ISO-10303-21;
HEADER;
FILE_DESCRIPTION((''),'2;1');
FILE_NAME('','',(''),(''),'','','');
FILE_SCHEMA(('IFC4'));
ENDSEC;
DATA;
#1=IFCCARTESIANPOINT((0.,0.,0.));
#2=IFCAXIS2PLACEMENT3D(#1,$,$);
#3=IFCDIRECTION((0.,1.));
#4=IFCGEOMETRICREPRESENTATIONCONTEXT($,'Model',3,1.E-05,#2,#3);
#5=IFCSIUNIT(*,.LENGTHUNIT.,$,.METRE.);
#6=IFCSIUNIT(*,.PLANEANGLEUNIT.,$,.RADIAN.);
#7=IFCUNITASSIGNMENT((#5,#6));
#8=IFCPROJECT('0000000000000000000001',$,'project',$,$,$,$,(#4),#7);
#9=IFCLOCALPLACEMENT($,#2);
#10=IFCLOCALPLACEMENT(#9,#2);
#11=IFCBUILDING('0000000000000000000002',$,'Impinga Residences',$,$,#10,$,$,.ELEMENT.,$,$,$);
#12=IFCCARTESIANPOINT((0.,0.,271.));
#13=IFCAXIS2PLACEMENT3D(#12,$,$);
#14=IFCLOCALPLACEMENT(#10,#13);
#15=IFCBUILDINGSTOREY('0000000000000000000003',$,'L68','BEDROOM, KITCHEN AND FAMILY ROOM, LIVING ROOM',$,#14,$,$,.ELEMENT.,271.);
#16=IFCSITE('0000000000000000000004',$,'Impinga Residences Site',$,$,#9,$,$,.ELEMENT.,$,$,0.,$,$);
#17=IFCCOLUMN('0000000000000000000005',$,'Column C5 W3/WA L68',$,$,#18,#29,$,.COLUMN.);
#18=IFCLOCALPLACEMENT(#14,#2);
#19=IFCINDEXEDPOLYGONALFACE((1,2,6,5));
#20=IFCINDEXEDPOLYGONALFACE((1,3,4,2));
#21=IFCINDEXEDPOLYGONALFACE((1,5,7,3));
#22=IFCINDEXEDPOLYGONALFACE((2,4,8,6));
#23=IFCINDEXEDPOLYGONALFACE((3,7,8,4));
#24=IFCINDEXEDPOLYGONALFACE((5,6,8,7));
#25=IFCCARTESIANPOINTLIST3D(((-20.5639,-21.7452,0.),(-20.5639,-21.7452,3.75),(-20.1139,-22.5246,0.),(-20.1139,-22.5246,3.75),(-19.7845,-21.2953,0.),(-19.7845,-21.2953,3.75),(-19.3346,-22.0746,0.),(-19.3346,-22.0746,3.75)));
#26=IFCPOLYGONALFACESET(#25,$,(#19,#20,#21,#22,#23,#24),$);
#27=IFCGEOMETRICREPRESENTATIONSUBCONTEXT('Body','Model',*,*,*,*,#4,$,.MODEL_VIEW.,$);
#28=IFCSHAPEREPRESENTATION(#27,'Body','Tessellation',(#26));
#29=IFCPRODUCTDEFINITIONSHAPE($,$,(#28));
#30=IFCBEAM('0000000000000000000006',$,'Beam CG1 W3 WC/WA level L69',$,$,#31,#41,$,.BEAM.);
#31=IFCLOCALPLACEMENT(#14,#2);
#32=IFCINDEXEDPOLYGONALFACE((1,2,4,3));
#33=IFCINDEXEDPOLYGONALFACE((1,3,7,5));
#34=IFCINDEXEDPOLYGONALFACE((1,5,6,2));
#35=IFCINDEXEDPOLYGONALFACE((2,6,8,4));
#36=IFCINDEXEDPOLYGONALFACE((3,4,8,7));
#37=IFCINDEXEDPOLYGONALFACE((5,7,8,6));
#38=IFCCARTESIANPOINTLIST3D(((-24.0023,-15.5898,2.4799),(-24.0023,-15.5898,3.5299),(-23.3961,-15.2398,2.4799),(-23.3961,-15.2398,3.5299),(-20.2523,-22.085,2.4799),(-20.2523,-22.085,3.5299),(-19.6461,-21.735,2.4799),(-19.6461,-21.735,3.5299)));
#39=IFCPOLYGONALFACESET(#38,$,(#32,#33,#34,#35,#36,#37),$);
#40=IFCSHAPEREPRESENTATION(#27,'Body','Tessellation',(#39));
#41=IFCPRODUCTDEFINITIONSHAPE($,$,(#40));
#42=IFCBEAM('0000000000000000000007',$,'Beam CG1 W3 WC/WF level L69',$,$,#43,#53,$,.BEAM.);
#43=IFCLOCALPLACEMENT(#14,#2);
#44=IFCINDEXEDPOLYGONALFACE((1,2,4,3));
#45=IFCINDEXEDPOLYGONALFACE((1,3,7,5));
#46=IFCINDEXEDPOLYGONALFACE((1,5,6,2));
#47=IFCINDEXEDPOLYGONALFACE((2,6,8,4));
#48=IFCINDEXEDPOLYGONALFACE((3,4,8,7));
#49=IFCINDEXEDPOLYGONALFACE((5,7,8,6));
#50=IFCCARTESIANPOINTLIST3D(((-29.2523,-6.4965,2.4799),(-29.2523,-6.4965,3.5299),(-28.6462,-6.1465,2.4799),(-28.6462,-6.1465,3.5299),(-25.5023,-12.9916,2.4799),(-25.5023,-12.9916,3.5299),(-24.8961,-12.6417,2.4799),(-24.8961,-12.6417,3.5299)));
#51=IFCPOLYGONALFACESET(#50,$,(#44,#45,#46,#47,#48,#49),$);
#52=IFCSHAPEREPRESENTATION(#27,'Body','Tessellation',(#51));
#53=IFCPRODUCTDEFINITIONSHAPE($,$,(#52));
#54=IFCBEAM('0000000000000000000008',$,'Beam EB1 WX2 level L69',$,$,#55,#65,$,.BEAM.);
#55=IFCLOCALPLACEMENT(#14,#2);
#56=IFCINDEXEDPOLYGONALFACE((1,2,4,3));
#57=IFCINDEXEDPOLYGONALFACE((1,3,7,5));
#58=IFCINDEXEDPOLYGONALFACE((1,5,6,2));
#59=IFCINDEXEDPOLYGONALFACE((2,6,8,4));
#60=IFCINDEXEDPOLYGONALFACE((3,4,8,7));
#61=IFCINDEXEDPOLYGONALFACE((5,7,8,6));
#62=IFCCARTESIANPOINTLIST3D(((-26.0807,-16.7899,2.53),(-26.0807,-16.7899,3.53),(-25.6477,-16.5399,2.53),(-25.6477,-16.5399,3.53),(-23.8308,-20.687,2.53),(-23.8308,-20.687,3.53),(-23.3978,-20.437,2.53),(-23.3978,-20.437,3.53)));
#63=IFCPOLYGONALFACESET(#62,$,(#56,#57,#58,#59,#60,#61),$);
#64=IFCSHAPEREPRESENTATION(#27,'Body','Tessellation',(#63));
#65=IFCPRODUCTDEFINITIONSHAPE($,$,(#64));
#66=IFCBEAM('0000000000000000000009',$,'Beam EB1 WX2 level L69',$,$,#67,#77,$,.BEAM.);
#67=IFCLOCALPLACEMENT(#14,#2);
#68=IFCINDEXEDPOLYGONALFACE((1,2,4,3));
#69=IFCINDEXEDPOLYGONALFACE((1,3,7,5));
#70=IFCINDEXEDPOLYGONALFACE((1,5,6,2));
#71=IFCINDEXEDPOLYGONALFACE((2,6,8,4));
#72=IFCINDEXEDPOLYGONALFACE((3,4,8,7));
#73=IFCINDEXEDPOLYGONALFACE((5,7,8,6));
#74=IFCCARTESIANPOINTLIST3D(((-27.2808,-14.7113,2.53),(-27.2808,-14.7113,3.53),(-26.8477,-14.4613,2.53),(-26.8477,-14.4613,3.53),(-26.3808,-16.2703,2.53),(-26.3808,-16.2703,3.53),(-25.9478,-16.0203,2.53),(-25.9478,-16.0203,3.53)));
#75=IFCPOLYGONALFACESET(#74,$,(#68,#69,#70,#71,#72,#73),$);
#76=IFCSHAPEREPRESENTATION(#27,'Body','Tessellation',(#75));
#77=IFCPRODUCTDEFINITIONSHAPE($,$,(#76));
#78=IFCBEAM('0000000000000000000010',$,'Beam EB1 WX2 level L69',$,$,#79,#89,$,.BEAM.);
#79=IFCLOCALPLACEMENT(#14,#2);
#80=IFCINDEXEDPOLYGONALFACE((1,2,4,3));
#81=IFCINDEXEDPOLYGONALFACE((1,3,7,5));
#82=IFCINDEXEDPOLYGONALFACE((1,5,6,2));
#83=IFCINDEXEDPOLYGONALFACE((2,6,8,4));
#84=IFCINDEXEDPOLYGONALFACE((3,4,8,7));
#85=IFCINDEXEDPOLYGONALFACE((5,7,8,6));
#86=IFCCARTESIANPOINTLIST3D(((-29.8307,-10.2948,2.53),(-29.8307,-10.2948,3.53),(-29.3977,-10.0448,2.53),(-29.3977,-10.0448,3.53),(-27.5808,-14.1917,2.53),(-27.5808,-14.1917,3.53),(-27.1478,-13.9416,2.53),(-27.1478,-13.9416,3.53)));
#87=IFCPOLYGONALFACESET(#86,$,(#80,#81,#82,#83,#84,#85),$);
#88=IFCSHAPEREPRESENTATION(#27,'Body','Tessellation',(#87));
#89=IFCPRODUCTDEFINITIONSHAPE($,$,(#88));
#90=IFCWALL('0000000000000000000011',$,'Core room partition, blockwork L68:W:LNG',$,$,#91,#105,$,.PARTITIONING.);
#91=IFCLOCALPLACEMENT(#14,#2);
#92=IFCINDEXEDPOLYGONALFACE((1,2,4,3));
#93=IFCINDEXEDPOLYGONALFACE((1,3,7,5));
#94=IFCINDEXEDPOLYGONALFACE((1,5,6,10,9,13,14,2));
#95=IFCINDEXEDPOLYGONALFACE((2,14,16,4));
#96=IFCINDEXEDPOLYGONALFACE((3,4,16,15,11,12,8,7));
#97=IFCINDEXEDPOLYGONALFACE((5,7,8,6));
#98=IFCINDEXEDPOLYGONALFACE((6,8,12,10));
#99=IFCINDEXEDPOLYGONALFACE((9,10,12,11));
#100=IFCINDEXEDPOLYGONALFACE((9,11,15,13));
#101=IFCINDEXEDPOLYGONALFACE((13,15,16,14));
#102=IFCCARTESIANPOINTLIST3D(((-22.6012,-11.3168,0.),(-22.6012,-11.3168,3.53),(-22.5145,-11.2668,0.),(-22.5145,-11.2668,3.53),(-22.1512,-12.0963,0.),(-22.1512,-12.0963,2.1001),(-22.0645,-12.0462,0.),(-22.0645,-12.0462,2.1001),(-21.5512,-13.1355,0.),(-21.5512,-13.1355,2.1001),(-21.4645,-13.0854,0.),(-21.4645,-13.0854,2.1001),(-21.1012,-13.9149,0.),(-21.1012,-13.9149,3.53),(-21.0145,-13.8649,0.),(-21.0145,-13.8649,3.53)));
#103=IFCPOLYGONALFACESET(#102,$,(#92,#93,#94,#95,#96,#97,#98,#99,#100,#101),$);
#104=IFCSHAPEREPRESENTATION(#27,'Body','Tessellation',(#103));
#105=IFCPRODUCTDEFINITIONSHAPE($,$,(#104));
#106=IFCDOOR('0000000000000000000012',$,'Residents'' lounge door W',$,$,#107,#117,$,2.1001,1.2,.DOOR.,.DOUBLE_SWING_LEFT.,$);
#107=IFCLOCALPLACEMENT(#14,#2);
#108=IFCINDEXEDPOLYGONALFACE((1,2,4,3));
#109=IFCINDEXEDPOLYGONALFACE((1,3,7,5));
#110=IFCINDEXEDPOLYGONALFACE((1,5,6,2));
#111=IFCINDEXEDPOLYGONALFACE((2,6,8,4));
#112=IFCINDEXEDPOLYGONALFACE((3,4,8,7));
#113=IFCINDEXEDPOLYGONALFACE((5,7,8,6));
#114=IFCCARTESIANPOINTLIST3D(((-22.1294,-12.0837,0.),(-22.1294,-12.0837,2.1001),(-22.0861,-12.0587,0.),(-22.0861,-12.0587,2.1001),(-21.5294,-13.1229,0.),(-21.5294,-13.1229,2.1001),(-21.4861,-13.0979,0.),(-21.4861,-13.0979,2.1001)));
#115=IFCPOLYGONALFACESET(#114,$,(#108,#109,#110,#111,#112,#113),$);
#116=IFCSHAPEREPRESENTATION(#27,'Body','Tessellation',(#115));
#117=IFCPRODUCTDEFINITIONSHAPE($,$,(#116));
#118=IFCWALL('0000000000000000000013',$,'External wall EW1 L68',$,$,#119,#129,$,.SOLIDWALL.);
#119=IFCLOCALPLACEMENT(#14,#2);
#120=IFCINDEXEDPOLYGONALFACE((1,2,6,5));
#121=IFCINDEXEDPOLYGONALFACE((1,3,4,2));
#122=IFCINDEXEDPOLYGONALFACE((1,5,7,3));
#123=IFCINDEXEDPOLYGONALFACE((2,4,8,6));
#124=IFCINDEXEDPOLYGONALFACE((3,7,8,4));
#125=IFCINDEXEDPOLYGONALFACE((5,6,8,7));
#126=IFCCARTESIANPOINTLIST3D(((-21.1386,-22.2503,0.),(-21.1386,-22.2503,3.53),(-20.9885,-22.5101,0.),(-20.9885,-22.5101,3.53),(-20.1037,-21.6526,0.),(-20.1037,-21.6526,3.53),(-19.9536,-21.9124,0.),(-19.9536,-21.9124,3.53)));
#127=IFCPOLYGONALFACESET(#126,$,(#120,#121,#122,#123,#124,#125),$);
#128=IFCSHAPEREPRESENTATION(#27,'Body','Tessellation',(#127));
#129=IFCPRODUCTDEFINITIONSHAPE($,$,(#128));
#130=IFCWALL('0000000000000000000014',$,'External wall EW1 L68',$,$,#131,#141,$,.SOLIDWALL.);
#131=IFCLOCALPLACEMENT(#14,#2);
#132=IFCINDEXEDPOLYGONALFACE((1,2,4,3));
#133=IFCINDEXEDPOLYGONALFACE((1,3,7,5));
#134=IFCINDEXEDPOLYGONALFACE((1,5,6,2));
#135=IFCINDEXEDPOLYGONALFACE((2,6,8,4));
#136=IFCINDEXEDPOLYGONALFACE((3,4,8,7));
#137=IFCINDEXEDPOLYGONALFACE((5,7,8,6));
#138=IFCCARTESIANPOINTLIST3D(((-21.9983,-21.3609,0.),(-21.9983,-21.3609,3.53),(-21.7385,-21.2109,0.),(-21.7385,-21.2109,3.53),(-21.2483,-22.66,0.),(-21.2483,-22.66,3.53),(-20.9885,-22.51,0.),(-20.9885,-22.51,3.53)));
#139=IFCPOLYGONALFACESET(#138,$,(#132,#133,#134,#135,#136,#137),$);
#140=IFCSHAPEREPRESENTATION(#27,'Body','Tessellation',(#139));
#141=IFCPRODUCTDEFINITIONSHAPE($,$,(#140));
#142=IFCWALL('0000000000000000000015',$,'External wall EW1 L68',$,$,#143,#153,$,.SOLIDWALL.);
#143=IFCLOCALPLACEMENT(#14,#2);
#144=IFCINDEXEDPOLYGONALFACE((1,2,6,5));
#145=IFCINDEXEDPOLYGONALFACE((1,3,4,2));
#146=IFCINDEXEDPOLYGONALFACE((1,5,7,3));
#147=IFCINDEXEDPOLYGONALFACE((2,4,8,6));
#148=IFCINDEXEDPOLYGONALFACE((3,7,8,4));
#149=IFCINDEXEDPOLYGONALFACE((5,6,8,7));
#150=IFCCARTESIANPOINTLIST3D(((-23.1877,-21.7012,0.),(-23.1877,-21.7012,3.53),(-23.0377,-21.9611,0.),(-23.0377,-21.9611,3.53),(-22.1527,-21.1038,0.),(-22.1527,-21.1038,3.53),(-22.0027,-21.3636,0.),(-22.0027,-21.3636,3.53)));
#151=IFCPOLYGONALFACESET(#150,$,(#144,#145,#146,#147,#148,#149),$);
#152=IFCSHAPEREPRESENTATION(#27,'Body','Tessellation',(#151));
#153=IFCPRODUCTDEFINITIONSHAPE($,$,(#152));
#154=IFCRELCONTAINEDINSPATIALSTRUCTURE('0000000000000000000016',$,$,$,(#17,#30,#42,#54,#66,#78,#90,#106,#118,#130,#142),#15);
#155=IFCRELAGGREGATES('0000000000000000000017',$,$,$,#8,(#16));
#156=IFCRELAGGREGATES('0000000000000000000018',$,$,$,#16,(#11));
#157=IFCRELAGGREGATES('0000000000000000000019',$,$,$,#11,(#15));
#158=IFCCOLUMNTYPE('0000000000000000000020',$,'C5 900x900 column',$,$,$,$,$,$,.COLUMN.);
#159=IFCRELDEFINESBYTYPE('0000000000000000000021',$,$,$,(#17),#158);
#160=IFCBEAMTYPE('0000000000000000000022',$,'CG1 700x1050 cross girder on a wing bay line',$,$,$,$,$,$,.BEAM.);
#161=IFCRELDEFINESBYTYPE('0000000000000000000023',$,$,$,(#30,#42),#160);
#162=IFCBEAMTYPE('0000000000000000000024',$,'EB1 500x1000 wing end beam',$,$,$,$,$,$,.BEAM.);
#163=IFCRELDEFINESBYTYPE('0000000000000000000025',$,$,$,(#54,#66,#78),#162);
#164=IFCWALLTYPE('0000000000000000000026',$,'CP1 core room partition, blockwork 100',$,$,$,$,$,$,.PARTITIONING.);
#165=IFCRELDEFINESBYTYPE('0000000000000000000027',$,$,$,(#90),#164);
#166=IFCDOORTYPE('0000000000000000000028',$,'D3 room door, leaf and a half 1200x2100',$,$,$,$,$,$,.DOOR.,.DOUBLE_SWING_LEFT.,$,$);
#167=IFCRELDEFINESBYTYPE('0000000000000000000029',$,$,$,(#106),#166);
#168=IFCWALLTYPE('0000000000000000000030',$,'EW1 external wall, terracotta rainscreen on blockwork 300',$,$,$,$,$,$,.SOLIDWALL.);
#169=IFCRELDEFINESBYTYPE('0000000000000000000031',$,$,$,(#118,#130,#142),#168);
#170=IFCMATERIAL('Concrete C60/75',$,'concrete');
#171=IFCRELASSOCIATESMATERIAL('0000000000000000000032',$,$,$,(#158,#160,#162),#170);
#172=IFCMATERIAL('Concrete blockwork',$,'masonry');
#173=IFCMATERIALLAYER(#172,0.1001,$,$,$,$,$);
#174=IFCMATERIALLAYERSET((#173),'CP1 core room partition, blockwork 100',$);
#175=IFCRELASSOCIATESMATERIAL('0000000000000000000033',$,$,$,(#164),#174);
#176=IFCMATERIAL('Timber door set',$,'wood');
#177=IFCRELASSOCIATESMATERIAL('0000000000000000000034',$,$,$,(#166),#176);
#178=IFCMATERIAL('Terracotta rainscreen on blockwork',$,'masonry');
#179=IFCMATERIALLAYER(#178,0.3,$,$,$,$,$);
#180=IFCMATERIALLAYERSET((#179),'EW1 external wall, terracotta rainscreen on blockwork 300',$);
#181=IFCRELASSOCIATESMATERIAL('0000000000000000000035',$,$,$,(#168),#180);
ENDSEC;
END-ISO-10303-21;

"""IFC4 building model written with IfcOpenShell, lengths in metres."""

from ifc_helpers import new_model, si_unit, direction, frame, frame_2d, origin, origin_2d, place, context, subcontext, project, spatial, rectangle, extrude, material, layer, layer_set, material_profile, profile_set, type_object, element, fill, save


model = new_model("IFC4")

# Units and contexts
model_context = context("Model", 3, precision=1e-05, world=origin(), true_north=direction((0.0, 1.0)))
body_context = subcontext(model_context, "Body", "Model", "MODEL_VIEW")
ifc_project = project(units=[si_unit("LENGTHUNIT", "METRE"), si_unit("PLANEANGLEUNIT", "RADIAN")], contexts=[model_context])

# Site, building, storey
site_placement = place(None, origin())
site = spatial("IfcSite", under=ifc_project, at=site_placement, Name="Impinga Residences Site", CompositionType="ELEMENT", RefElevation=0.0)
building_placement = place(site_placement, origin())
building = spatial("IfcBuilding", under=site, at=building_placement, Name="Impinga Residences", CompositionType="ELEMENT")
storey_placement = place(building_placement, frame((0.0, 0.0, 271.0)))
storey = spatial("IfcBuildingStorey", under=building, at=storey_placement, Name="L68", Description="BEDROOM, KITCHEN AND FAMILY ROOM, LIVING ROOM", CompositionType="ELEMENT", Elevation=271.0)

# Column
ifc_material_1 = material(Name="Concrete C60/75", Category="concrete")
ifc_material_profile_1 = material_profile(ifc_material_1, rectangle(XDim=0.8999, YDim=0.8999, at=origin_2d()), Name="RC 900x900")
ifc_profile_set_1 = profile_set([ifc_material_profile_1], Name="Concrete C60/75")
column_type = type_object("IfcColumnType", Name="C5 900x900 column", PredefinedType="COLUMN", material=ifc_profile_set_1)
column_placement = place(storey_placement, frame((-19.9492, -21.9099, 0.0), z_axis=(0.0, 0.0, 1.0), x_axis=(-0.5, 0.866025, 0.0)))
element("IfcColumn", 1, at=column_placement, inside=storey, type_object=column_type, Name="Column C5 W3/WA L68", PredefinedType="COLUMN", context=body_context, shape_type="SweptSolid", body=[
    extrude(rectangle(XDim=0.8999, YDim=0.8999, at=origin_2d()), origin(), (0.0, 0.0, 1.0), 3.75),
])

# Beams
ifc_material_profile_2 = material_profile(ifc_material_1, rectangle(XDim=0.7, YDim=1.05, at=origin_2d()), Name="RC 700x1050")
ifc_profile_set_2 = profile_set([ifc_material_profile_2], Name="Concrete C60/75")
beam_type_1 = type_object("IfcBeamType", Name="CG1 700x1050 cross girder on a wing bay line", PredefinedType="BEAM", material=ifc_profile_set_2)
for number, where, z_axis, x_axis, name in (
    (2, (-23.6992, -15.4148, 3.0049), (0.500004, -0.866023, 0.0), (0.866023, 0.500004, 0.0), "Beam CG1 W3 WC/WA level L69"),
    (3, (-25.1992, -12.8167, 3.0049), (-0.500004, 0.866023, 0.0), (-0.866023, -0.500004, 0.0), "Beam CG1 W3 WC/WF level L69"),
):
    element("IfcBeam", number, at=place(storey_placement, frame(where, z_axis=z_axis, x_axis=x_axis)), inside=storey, type_object=beam_type_1, Name=name, PredefinedType="BEAM", context=body_context, shape_type="SweptSolid", body=[
        extrude(rectangle(XDim=0.7, YDim=1.05, at=origin_2d()), origin(), (0.0, 0.0, 1.0), 7.5),
    ])
ifc_material_profile_3 = material_profile(ifc_material_1, rectangle(XDim=0.5, YDim=1.0, at=origin_2d()), Name="RC 500x1000")
ifc_profile_set_3 = profile_set([ifc_material_profile_3], Name="Concrete C60/75")
beam_type_2 = type_object("IfcBeamType", Name="EB1 500x1000 wing end beam", PredefinedType="BEAM", material=ifc_profile_set_3)
beam_1_placement = place(storey_placement, frame((-23.6143, -20.562, 3.03), z_axis=(-0.49999, 0.866031, 0.0), x_axis=(-0.866031, -0.49999, 0.0)))
element("IfcBeam", 4, at=beam_1_placement, inside=storey, type_object=beam_type_2, Name="Beam EB1 WX2 level L69", PredefinedType="BEAM", context=body_context, shape_type="SweptSolid", body=[
    extrude(rectangle(XDim=0.5, YDim=1.0, at=origin_2d()), origin(), (0.0, 0.0, 1.0), 4.5),
])
beam_2_placement = place(storey_placement, frame((-26.1643, -16.1453, 3.03), z_axis=(-0.499961, 0.866048, 0.0), x_axis=(-0.866048, -0.499961, 0.0)))
element("IfcBeam", 5, at=beam_2_placement, inside=storey, type_object=beam_type_2, Name="Beam EB1 WX2 level L69", PredefinedType="BEAM", context=body_context, shape_type="SweptSolid", body=[
    extrude(rectangle(XDim=0.5, YDim=1.0, at=origin_2d()), origin(), (0.0, 0.0, 1.0), 1.8),
])
beam_3_placement = place(storey_placement, frame((-27.3643, -14.0667, 3.03), z_axis=(-0.500014, 0.866018, 0.0), x_axis=(-0.866018, -0.500014, 0.0)))
element("IfcBeam", 6, at=beam_3_placement, inside=storey, type_object=beam_type_2, Name="Beam EB1 WX2 level L69", PredefinedType="BEAM", context=body_context, shape_type="SweptSolid", body=[
    extrude(rectangle(XDim=0.5, YDim=1.0, at=origin_2d()), origin(), (0.0, 0.0, 1.0), 4.4998),
])

# Wall, opening, door
ifc_material_2 = material(Name="Concrete blockwork", Category="masonry")
ifc_layer_1 = layer(ifc_material_2, 0.1001)
ifc_layer_set_1 = layer_set([ifc_layer_1], Name="CP1 core room partition, blockwork 100")
wall_type_1 = type_object("IfcWallType", Name="CP1 core room partition, blockwork 100", PredefinedType="PARTITIONING", material=ifc_layer_set_1)
wall_1_placement = place(storey_placement, frame((-21.0579, -13.8899, 0.0), z_axis=(0.0, 0.0, 1.0), x_axis=(-0.49999, 0.866031, 0.0)))
wall_1 = element("IfcWall", 7, at=wall_1_placement, inside=storey, type_object=wall_type_1, Name="Core room partition, blockwork L68:W:LNG", PredefinedType="PARTITIONING", context=body_context, shape_type="SweptSolid", body=[
    extrude(rectangle(XDim=3.0, YDim=0.1001, at=frame_2d((1.5, 0.0))), origin(), (0.0, 0.0, 1.0), 3.53),
])
opening_1_placement = place(wall_1_placement, frame((0.8999, 0.0, 0.0)))
opening_1 = element("IfcOpeningElement", 8, at=opening_1_placement, cuts=wall_1, PredefinedType="OPENING", context=body_context, shape_type="SweptSolid", body=[
    extrude(rectangle(XDim=1.2, YDim=2.1001, at=frame_2d((0.6001, 1.05))), frame((0.0, 0.0601, 0.0), z_axis=(0.0, -1.0, 0.0), x_axis=(1.0, 0.0, 0.0)), (0.0, 0.0, 1.0), 0.1201),
])
ifc_material_3 = material(Name="Timber door set", Category="wood")
door_type = type_object("IfcDoorType", Name="D3 room door, leaf and a half 1200x2100", OperationType="DOUBLE_SWING_LEFT", PredefinedType="DOOR", material=ifc_material_3)
door_placement = place(opening_1_placement, origin())
door = element("IfcDoor", 9, at=door_placement, inside=storey, type_object=door_type, Name="Residents' lounge door W", OperationType="DOUBLE_SWING_LEFT", OverallHeight=2.1001, OverallWidth=1.2, PredefinedType="DOOR", context=body_context, shape_type="SweptSolid", body=[
    extrude(rectangle(XDim=1.2, YDim=2.1001, at=frame_2d((0.6001, 1.05))), frame((0.0, 0.0249, 0.0), z_axis=(0.0, -1.0, 0.0), x_axis=(1.0, 0.0, 0.0)), (0.0, 0.0, 1.0), 0.05),
])
fill(opening_1, door)

# Walls
ifc_material_4 = material(Name="Terracotta rainscreen on blockwork", Category="masonry")
ifc_layer_2 = layer(ifc_material_4, 0.3)
ifc_layer_set_2 = layer_set([ifc_layer_2], Name="EW1 external wall, terracotta rainscreen on blockwork 300")
wall_type_2 = type_object("IfcWallType", Name="EW1 external wall, terracotta rainscreen on blockwork 300", PredefinedType="SOLIDWALL", material=ifc_layer_set_2)
wall_2_placement = place(storey_placement, frame((-20.0286, -21.7825, 0.0), z_axis=(0.0, 0.0, 1.0), x_axis=(-0.865971, -0.500094, 0.0)))
element("IfcWall", 10, at=wall_2_placement, inside=storey, type_object=wall_type_2, Name="External wall EW1 L68", PredefinedType="SOLIDWALL", context=body_context, shape_type="SweptSolid", body=[
    extrude(rectangle(XDim=1.1951, YDim=0.3, at=frame_2d((0.5977, 0.0))), origin(), (0.0, 0.0, 1.0), 3.53),
])
wall_3_placement = place(storey_placement, frame((-21.1184, -22.585, 0.0), z_axis=(0.0, 0.0, 1.0), x_axis=(-0.49999, 0.866031, 0.0)))
element("IfcWall", 11, at=wall_3_placement, inside=storey, type_object=wall_type_2, Name="External wall EW1 L68", PredefinedType="SOLIDWALL", context=body_context, shape_type="SweptSolid", body=[
    extrude(rectangle(XDim=1.5, YDim=0.3, at=frame_2d((0.75, 0.0))), origin(), (0.0, 0.0, 1.0), 3.53),
])
wall_4_placement = place(storey_placement, frame((-22.0776, -21.2336, 0.0), z_axis=(0.0, 0.0, 1.0), x_axis=(-0.86606, -0.499941, 0.0)))
element("IfcWall", 12, at=wall_4_placement, inside=storey, type_object=wall_type_2, Name="External wall EW1 L68", PredefinedType="SOLIDWALL", context=body_context, shape_type="SweptSolid", body=[
    extrude(rectangle(XDim=1.1951, YDim=0.3, at=frame_2d((0.5977, 0.0))), origin(), (0.0, 0.0, 1.0), 3.53),
])

save(model, "model.ifc")
